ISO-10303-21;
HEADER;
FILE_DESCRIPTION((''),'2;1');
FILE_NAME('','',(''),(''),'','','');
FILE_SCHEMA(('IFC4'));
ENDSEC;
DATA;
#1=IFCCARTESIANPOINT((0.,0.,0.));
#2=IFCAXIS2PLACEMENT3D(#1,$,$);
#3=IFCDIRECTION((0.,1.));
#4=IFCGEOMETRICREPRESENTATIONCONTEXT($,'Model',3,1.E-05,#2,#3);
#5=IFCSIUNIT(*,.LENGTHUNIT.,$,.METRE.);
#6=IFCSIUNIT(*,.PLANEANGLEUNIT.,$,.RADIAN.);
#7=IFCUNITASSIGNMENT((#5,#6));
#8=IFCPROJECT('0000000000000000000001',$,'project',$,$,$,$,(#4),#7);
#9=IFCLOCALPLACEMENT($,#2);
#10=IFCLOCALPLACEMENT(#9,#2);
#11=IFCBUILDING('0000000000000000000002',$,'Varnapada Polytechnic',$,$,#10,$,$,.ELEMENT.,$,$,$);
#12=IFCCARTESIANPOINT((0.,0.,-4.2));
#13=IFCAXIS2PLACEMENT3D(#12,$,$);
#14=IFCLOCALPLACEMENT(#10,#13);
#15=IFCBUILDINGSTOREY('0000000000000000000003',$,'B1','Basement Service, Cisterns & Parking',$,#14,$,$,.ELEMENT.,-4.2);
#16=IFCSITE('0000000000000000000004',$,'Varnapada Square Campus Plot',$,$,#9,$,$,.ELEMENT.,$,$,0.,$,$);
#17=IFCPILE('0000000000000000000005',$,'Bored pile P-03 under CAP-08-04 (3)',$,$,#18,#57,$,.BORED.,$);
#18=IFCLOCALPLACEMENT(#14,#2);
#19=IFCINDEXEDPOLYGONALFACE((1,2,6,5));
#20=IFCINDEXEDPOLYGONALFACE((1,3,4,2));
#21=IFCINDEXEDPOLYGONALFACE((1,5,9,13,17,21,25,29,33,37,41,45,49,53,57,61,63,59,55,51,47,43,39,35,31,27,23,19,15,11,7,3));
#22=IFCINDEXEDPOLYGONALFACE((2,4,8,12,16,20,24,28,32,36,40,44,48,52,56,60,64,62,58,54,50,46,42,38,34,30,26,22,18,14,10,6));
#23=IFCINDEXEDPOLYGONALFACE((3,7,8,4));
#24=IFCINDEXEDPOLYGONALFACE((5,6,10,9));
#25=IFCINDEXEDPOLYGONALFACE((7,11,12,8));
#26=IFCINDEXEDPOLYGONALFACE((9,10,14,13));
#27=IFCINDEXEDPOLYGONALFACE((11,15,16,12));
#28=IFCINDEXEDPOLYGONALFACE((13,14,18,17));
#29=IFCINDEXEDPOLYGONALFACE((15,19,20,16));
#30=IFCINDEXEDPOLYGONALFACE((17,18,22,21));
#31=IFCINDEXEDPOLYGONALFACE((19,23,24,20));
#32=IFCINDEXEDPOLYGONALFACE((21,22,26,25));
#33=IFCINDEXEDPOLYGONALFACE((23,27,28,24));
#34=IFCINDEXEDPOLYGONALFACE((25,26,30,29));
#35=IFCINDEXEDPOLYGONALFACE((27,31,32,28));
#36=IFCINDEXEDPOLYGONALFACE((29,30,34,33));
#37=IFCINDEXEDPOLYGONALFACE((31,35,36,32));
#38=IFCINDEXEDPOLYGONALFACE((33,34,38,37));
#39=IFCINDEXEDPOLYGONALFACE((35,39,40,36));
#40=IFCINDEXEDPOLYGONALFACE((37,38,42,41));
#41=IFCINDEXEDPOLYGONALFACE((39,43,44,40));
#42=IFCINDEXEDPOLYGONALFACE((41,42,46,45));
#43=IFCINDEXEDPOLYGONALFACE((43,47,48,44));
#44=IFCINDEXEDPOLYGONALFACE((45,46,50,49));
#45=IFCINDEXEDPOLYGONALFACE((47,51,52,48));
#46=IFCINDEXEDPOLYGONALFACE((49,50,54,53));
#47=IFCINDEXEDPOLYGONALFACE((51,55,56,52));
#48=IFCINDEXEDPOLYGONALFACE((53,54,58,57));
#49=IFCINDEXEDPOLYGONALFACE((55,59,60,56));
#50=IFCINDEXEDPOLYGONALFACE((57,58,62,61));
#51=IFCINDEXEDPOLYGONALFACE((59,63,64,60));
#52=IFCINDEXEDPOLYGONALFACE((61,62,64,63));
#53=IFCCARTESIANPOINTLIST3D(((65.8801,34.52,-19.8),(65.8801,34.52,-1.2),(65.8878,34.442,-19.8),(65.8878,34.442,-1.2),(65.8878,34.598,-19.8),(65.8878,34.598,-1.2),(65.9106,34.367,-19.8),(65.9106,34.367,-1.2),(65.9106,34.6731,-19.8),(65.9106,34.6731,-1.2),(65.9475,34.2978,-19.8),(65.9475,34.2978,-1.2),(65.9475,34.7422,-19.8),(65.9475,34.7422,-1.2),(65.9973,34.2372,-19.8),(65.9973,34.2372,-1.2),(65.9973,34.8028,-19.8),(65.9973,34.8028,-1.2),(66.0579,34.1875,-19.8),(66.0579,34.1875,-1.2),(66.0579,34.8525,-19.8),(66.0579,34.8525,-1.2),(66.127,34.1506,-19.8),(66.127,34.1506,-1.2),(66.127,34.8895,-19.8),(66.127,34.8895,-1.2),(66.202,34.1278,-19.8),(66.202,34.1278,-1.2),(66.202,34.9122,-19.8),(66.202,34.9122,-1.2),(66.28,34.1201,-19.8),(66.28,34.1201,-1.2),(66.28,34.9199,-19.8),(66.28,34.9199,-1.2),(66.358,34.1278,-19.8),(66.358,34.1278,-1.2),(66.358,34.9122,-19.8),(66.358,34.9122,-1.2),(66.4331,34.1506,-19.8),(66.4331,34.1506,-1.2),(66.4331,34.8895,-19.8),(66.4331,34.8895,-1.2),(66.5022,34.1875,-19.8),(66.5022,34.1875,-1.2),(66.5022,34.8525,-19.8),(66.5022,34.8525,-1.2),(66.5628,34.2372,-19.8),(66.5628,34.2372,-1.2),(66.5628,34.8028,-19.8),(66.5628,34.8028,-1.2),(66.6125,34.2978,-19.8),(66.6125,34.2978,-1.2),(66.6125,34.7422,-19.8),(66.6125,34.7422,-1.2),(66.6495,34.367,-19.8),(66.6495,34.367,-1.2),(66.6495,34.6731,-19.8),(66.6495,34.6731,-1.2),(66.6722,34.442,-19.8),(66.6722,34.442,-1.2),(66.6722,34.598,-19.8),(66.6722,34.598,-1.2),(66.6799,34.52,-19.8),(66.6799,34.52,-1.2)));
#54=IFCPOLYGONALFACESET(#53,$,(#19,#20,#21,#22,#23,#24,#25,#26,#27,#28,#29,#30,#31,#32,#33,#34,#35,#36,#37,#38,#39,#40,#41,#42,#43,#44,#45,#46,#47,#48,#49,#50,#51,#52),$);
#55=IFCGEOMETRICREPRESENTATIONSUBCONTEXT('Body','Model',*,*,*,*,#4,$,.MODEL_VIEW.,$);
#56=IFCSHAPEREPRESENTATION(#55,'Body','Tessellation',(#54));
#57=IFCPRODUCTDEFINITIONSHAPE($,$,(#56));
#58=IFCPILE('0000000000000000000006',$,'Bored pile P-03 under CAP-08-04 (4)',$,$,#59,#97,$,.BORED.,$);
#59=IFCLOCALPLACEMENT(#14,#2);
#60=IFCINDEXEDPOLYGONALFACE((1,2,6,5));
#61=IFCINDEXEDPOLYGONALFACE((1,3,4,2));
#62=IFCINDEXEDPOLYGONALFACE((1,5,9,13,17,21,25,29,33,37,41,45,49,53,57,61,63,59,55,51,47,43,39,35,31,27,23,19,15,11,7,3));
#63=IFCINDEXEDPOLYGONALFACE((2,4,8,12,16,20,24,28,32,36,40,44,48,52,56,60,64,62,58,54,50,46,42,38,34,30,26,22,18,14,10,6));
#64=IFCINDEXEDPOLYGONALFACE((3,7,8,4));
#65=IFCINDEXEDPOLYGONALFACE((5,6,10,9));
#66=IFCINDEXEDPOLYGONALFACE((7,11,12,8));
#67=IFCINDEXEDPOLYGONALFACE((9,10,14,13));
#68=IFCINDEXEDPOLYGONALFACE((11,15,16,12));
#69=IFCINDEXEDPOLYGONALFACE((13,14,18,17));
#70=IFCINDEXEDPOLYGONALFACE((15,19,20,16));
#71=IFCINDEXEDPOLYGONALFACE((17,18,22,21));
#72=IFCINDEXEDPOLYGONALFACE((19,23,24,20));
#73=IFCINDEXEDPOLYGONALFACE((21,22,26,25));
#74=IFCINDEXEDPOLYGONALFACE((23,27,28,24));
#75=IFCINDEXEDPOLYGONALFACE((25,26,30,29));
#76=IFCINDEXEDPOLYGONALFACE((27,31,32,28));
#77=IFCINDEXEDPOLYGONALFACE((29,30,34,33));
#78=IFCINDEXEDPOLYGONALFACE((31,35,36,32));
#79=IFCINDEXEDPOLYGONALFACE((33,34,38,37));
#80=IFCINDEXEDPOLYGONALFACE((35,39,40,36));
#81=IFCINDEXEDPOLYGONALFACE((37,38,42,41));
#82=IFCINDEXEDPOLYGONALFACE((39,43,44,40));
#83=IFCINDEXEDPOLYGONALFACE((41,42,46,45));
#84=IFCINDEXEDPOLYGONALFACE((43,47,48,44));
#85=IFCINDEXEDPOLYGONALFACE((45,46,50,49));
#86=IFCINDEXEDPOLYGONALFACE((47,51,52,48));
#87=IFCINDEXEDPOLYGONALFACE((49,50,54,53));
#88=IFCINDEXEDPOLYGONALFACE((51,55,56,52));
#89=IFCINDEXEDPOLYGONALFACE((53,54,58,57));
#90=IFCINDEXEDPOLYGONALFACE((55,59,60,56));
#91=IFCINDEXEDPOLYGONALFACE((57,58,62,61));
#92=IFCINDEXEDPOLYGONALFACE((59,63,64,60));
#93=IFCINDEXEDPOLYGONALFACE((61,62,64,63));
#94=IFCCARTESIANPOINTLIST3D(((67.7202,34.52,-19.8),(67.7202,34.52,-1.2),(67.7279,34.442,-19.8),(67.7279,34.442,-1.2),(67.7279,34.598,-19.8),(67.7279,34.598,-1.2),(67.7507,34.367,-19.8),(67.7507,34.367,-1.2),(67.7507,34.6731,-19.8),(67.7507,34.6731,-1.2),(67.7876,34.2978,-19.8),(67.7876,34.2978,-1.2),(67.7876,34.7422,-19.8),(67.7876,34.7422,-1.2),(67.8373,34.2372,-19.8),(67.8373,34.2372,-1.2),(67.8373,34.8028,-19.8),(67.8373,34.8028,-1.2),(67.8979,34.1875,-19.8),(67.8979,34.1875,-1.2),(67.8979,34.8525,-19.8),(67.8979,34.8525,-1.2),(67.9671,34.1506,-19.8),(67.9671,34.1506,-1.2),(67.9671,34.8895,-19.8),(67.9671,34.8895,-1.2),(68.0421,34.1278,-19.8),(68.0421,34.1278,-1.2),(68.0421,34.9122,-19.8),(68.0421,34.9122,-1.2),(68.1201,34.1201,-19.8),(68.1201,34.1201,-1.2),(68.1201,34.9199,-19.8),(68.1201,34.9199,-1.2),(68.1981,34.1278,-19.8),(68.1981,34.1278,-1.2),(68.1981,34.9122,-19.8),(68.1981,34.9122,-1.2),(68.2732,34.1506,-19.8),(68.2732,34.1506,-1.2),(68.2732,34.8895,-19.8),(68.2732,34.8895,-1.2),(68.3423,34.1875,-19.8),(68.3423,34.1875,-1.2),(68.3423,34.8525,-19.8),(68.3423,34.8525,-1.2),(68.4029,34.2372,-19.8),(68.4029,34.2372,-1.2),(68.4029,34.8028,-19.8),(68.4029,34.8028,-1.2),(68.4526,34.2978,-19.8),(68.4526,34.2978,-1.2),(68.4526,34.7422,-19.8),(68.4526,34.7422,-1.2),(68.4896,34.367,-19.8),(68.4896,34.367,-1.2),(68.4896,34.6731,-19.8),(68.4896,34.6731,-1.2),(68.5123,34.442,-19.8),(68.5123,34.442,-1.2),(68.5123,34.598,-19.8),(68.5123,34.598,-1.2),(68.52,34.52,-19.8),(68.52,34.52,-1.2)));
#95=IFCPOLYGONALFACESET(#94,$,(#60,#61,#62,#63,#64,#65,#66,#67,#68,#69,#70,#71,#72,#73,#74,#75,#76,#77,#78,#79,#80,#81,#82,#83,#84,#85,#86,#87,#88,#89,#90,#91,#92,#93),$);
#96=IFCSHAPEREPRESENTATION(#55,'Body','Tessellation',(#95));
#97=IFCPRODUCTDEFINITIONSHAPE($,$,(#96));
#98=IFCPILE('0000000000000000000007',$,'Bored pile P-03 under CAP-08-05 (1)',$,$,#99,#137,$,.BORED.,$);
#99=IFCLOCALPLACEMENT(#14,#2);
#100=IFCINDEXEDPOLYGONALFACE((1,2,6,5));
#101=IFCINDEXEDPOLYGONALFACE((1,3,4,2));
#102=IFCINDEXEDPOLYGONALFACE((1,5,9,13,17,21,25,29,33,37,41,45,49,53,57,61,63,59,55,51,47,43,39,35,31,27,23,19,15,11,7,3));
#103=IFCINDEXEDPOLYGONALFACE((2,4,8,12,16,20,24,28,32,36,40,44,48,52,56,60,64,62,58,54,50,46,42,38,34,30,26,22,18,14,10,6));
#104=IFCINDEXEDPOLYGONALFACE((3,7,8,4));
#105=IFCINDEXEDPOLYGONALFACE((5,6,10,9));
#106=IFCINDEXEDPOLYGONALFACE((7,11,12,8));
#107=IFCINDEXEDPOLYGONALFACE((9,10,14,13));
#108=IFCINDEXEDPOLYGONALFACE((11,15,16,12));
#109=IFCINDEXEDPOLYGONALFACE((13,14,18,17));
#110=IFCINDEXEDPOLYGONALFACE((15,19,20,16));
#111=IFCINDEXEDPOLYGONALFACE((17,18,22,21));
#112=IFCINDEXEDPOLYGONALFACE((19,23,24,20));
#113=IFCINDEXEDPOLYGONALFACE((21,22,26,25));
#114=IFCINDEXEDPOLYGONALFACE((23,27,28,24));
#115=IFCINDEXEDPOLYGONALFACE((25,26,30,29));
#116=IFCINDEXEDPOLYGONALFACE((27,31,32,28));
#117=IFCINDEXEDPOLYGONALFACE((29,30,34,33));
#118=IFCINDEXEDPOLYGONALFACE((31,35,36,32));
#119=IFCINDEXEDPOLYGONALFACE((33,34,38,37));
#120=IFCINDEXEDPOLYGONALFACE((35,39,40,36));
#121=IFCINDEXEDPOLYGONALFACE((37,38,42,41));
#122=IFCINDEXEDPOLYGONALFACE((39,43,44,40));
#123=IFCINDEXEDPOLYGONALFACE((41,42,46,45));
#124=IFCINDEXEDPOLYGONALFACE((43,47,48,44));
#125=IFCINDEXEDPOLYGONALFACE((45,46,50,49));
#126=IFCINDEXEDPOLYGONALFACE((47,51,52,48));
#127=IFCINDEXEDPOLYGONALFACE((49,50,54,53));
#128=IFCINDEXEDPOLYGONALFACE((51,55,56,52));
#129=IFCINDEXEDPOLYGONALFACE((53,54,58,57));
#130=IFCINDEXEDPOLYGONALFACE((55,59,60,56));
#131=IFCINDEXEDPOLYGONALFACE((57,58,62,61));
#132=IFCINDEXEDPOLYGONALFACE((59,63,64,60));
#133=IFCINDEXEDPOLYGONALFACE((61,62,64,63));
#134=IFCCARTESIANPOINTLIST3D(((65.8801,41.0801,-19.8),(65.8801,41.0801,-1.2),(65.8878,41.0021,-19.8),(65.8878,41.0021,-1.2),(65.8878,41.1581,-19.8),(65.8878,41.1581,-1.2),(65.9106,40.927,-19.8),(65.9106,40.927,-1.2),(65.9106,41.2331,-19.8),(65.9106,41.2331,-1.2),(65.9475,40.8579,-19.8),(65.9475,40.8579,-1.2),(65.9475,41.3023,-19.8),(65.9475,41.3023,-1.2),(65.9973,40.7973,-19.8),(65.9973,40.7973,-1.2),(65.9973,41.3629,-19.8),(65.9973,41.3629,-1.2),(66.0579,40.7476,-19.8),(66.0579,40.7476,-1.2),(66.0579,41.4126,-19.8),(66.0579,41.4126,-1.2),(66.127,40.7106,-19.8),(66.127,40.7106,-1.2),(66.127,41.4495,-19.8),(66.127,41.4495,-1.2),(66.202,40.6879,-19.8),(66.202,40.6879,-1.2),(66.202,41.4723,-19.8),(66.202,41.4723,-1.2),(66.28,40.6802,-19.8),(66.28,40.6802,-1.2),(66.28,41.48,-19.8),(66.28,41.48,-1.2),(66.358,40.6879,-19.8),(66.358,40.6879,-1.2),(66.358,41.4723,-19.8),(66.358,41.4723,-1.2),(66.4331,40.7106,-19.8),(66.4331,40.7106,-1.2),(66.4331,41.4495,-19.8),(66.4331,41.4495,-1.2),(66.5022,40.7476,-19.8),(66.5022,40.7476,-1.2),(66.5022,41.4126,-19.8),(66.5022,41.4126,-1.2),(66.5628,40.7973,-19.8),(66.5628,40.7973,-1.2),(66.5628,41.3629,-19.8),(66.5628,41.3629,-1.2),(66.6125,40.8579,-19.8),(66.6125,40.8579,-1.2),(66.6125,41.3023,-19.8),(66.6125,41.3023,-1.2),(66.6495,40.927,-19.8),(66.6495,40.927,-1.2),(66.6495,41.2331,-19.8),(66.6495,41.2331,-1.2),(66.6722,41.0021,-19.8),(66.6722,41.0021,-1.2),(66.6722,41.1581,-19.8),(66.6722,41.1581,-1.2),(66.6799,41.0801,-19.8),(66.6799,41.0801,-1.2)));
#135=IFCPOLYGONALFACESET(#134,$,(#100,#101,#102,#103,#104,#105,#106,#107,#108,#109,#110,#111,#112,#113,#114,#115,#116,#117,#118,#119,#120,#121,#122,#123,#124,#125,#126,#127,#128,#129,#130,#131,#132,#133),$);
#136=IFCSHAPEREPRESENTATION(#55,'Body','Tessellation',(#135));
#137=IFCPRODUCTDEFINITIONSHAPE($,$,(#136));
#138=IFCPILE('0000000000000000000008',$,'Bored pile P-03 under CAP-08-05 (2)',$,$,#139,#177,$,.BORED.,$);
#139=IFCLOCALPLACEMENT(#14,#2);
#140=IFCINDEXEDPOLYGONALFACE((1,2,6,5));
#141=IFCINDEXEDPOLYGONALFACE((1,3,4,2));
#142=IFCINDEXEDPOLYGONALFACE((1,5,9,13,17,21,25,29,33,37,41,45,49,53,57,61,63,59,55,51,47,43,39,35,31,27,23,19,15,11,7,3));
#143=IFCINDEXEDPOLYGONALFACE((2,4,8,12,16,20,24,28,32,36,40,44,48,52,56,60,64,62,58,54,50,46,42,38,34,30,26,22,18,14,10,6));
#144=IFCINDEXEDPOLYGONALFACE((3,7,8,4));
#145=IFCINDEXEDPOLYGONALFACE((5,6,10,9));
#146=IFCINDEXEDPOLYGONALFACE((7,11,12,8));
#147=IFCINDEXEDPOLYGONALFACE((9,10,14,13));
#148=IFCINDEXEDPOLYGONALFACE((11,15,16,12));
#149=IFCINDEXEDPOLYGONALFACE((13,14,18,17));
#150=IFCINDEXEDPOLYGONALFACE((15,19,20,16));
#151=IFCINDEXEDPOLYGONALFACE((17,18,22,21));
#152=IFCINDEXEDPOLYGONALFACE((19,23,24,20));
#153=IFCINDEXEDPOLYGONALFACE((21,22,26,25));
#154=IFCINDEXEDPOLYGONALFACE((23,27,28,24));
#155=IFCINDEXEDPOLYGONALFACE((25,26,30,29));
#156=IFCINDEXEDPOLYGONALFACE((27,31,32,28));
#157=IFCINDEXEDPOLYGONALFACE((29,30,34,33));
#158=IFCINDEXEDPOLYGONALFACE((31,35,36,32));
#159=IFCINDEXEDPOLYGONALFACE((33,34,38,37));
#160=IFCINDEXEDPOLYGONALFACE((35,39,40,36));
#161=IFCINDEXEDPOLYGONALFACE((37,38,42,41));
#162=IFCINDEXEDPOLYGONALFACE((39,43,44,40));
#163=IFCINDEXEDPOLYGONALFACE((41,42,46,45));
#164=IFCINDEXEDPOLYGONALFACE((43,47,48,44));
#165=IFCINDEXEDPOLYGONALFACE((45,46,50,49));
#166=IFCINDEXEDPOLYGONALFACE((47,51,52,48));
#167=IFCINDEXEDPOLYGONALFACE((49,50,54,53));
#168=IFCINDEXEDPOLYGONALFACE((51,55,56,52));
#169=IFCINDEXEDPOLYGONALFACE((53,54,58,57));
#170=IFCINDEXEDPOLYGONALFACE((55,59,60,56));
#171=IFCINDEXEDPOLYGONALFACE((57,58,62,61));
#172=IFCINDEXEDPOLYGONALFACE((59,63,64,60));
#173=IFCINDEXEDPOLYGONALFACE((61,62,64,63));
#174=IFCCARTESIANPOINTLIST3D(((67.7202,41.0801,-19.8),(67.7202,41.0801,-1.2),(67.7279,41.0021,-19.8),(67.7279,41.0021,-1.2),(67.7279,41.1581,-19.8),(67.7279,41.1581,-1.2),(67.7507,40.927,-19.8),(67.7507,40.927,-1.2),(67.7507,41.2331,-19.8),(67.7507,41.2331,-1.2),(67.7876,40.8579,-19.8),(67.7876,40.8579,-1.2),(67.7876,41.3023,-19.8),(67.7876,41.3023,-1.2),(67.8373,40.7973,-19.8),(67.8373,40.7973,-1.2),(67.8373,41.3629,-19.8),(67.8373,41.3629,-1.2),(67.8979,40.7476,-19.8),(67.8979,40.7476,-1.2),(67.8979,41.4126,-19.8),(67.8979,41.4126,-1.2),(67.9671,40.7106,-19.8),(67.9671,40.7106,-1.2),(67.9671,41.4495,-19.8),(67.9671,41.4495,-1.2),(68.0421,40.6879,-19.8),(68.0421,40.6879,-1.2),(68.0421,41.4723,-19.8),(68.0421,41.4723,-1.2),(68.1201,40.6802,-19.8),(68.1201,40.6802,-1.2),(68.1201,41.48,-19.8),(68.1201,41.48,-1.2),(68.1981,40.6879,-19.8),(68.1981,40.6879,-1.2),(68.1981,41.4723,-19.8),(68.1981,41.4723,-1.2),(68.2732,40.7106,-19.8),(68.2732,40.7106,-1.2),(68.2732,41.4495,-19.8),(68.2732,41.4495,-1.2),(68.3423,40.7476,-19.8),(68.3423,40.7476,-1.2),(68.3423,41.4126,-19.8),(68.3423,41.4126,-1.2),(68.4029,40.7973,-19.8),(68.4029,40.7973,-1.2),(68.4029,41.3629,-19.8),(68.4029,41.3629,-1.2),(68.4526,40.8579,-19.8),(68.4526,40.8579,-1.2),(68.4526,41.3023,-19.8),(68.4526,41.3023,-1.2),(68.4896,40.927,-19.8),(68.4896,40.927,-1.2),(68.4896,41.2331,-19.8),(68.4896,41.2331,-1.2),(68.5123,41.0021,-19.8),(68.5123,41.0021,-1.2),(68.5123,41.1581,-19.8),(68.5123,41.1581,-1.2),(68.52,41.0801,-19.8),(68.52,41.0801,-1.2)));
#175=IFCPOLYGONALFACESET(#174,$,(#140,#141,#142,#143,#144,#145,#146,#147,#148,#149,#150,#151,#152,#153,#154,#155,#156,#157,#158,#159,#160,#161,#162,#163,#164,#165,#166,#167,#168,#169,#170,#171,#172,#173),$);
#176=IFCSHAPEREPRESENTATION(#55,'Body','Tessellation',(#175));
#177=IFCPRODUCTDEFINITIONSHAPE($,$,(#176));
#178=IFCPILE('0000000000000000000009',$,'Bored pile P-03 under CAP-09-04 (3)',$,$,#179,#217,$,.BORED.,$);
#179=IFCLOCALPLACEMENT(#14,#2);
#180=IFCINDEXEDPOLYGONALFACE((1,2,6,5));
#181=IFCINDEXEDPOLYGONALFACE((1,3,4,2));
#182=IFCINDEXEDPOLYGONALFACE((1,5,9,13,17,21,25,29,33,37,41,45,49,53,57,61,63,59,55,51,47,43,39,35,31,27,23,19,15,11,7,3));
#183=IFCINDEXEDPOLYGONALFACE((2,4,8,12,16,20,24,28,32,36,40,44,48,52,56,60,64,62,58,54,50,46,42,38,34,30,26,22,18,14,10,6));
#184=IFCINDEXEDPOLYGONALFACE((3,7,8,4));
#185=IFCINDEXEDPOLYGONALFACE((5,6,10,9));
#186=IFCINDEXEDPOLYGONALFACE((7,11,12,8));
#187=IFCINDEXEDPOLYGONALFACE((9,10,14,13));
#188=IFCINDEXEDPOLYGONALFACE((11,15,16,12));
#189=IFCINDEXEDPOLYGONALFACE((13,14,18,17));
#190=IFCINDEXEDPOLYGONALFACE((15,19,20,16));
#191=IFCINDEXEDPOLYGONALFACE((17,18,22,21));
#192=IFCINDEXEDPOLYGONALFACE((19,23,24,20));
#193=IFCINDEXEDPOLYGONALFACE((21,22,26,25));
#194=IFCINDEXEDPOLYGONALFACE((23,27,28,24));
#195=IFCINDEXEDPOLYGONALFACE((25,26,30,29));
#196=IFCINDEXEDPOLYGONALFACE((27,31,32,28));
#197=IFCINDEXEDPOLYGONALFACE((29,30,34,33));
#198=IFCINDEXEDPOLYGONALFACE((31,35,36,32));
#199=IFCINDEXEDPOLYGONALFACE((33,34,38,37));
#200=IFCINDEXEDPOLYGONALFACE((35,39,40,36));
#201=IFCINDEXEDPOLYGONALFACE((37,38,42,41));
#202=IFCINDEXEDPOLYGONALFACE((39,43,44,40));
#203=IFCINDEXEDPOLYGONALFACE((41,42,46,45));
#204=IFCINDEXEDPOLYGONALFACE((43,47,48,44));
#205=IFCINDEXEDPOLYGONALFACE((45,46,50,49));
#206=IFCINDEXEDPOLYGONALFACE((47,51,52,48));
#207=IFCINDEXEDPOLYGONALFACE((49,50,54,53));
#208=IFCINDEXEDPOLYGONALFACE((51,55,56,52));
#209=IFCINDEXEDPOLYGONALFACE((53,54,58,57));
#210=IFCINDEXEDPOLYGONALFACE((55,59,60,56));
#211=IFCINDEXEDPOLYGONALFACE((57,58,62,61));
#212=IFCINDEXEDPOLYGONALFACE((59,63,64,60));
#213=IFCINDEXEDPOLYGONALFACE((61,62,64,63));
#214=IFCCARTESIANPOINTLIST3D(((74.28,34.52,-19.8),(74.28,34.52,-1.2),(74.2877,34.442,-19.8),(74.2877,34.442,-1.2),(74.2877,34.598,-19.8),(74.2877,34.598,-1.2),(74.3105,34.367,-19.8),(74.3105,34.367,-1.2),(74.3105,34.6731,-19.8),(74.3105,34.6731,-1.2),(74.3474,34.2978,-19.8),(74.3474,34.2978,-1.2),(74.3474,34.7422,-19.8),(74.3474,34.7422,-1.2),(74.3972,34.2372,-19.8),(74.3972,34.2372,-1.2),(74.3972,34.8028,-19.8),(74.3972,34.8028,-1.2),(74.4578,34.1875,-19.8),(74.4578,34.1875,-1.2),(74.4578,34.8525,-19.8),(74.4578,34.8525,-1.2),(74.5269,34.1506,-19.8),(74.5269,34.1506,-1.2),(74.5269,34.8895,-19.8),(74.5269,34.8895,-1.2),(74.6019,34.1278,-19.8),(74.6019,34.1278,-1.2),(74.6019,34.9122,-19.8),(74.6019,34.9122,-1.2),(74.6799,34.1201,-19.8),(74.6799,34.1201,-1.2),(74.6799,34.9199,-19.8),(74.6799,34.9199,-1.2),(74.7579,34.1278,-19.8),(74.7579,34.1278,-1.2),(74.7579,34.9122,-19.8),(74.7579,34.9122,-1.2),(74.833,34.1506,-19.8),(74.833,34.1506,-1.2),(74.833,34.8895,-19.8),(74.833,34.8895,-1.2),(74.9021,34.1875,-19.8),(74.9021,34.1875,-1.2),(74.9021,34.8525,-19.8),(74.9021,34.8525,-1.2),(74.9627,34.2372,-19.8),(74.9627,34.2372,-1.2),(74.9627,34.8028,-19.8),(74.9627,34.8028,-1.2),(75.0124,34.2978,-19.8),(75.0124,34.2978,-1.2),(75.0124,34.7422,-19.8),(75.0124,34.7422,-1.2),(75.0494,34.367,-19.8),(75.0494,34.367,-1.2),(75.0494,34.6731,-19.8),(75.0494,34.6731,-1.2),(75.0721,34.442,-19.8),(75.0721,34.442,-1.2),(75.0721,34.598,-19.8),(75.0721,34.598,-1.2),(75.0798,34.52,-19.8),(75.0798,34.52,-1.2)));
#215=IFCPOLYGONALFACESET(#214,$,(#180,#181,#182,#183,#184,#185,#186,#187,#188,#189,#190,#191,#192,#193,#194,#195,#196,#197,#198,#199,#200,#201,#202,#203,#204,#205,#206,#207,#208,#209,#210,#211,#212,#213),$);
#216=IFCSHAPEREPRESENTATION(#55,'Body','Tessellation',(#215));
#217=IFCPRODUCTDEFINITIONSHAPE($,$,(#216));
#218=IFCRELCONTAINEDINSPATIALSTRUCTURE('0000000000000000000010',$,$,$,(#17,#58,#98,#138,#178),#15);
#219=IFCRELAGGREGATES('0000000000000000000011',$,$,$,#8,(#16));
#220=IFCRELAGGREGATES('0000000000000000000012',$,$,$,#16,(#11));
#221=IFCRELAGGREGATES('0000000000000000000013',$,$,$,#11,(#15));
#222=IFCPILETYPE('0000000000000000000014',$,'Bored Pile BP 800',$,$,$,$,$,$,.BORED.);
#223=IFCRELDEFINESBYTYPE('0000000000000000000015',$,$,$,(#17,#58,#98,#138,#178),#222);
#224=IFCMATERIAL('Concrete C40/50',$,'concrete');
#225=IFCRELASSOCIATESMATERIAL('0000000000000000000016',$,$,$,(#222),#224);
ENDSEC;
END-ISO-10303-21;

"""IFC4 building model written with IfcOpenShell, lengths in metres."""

from ifc_helpers import new_model, si_unit, direction, frame, origin, origin_2d, place, context, subcontext, project, spatial, circle, extrude, material, material_profile, profile_set, type_object, element, save


model = new_model("IFC4")

# Units and contexts
model_context = context("Model", 3, precision=1e-05, world=origin(), true_north=direction((0.0, 1.0)))
body_context = subcontext(model_context, "Body", "Model", "MODEL_VIEW")
ifc_project = project(units=[si_unit("LENGTHUNIT", "METRE"), si_unit("PLANEANGLEUNIT", "RADIAN")], contexts=[model_context])

# Site, building, storey
site_placement = place(None, origin())
site = spatial("IfcSite", under=ifc_project, at=site_placement, Name="Varnapada Square Campus Plot", CompositionType="ELEMENT", RefElevation=0.0)
building_placement = place(site_placement, origin())
building = spatial("IfcBuilding", under=site, at=building_placement, Name="Varnapada Polytechnic", CompositionType="ELEMENT")
storey_placement = place(building_placement, frame((0.0, 0.0, -4.2)))
storey = spatial("IfcBuildingStorey", under=building, at=storey_placement, Name="B1", Description="Basement Service, Cisterns & Parking", CompositionType="ELEMENT", Elevation=-4.2)

# Piles
ifc_material_1 = material(Name="Concrete C40/50", Category="concrete")
ifc_material_profile_1 = material_profile(ifc_material_1, circle(Radius=0.3999, at=origin_2d()), Name="BP 800")
ifc_profile_set_1 = profile_set([ifc_material_profile_1], Name="Concrete C40/50")
pile_type_1 = type_object("IfcPileType", Name="Bored Pile BP 800", PredefinedType="BORED", material=ifc_profile_set_1)
for number, where, z_axis, x_axis, name in (
    (1, (66.28, 34.52, -1.2), (0.0, 0.0, -1.0), (1.0, 0.0, 0.0), "Bored pile P-03 under CAP-08-04 (3)"),
    (2, (68.1201, 34.52, -1.2), (0.0, 0.0, -1.0), (1.0, 0.0, 0.0), "Bored pile P-03 under CAP-08-04 (4)"),
    (3, (66.28, 41.0801, -1.2), (0.0, 0.0, -1.0), (1.0, 0.0, 0.0), "Bored pile P-03 under CAP-08-05 (1)"),
    (4, (68.1201, 41.0801, -1.2), (0.0, 0.0, -1.0), (1.0, 0.0, 0.0), "Bored pile P-03 under CAP-08-05 (2)"),
    (5, (74.6799, 34.52, -1.2), (0.0, 0.0, -1.0), (1.0, 0.0, 0.0), "Bored pile P-03 under CAP-09-04 (3)"),
):
    element("IfcPile", number, at=place(storey_placement, frame(where, z_axis=z_axis, x_axis=x_axis)), inside=storey, type_object=pile_type_1, Name=name, PredefinedType="BORED", context=body_context, shape_type="SweptSolid", body=[
        extrude(circle(Radius=0.3999, at=origin_2d()), origin(), (0.0, 0.0, 1.0), 18.6001),
    ])

save(model, "model.ifc")
